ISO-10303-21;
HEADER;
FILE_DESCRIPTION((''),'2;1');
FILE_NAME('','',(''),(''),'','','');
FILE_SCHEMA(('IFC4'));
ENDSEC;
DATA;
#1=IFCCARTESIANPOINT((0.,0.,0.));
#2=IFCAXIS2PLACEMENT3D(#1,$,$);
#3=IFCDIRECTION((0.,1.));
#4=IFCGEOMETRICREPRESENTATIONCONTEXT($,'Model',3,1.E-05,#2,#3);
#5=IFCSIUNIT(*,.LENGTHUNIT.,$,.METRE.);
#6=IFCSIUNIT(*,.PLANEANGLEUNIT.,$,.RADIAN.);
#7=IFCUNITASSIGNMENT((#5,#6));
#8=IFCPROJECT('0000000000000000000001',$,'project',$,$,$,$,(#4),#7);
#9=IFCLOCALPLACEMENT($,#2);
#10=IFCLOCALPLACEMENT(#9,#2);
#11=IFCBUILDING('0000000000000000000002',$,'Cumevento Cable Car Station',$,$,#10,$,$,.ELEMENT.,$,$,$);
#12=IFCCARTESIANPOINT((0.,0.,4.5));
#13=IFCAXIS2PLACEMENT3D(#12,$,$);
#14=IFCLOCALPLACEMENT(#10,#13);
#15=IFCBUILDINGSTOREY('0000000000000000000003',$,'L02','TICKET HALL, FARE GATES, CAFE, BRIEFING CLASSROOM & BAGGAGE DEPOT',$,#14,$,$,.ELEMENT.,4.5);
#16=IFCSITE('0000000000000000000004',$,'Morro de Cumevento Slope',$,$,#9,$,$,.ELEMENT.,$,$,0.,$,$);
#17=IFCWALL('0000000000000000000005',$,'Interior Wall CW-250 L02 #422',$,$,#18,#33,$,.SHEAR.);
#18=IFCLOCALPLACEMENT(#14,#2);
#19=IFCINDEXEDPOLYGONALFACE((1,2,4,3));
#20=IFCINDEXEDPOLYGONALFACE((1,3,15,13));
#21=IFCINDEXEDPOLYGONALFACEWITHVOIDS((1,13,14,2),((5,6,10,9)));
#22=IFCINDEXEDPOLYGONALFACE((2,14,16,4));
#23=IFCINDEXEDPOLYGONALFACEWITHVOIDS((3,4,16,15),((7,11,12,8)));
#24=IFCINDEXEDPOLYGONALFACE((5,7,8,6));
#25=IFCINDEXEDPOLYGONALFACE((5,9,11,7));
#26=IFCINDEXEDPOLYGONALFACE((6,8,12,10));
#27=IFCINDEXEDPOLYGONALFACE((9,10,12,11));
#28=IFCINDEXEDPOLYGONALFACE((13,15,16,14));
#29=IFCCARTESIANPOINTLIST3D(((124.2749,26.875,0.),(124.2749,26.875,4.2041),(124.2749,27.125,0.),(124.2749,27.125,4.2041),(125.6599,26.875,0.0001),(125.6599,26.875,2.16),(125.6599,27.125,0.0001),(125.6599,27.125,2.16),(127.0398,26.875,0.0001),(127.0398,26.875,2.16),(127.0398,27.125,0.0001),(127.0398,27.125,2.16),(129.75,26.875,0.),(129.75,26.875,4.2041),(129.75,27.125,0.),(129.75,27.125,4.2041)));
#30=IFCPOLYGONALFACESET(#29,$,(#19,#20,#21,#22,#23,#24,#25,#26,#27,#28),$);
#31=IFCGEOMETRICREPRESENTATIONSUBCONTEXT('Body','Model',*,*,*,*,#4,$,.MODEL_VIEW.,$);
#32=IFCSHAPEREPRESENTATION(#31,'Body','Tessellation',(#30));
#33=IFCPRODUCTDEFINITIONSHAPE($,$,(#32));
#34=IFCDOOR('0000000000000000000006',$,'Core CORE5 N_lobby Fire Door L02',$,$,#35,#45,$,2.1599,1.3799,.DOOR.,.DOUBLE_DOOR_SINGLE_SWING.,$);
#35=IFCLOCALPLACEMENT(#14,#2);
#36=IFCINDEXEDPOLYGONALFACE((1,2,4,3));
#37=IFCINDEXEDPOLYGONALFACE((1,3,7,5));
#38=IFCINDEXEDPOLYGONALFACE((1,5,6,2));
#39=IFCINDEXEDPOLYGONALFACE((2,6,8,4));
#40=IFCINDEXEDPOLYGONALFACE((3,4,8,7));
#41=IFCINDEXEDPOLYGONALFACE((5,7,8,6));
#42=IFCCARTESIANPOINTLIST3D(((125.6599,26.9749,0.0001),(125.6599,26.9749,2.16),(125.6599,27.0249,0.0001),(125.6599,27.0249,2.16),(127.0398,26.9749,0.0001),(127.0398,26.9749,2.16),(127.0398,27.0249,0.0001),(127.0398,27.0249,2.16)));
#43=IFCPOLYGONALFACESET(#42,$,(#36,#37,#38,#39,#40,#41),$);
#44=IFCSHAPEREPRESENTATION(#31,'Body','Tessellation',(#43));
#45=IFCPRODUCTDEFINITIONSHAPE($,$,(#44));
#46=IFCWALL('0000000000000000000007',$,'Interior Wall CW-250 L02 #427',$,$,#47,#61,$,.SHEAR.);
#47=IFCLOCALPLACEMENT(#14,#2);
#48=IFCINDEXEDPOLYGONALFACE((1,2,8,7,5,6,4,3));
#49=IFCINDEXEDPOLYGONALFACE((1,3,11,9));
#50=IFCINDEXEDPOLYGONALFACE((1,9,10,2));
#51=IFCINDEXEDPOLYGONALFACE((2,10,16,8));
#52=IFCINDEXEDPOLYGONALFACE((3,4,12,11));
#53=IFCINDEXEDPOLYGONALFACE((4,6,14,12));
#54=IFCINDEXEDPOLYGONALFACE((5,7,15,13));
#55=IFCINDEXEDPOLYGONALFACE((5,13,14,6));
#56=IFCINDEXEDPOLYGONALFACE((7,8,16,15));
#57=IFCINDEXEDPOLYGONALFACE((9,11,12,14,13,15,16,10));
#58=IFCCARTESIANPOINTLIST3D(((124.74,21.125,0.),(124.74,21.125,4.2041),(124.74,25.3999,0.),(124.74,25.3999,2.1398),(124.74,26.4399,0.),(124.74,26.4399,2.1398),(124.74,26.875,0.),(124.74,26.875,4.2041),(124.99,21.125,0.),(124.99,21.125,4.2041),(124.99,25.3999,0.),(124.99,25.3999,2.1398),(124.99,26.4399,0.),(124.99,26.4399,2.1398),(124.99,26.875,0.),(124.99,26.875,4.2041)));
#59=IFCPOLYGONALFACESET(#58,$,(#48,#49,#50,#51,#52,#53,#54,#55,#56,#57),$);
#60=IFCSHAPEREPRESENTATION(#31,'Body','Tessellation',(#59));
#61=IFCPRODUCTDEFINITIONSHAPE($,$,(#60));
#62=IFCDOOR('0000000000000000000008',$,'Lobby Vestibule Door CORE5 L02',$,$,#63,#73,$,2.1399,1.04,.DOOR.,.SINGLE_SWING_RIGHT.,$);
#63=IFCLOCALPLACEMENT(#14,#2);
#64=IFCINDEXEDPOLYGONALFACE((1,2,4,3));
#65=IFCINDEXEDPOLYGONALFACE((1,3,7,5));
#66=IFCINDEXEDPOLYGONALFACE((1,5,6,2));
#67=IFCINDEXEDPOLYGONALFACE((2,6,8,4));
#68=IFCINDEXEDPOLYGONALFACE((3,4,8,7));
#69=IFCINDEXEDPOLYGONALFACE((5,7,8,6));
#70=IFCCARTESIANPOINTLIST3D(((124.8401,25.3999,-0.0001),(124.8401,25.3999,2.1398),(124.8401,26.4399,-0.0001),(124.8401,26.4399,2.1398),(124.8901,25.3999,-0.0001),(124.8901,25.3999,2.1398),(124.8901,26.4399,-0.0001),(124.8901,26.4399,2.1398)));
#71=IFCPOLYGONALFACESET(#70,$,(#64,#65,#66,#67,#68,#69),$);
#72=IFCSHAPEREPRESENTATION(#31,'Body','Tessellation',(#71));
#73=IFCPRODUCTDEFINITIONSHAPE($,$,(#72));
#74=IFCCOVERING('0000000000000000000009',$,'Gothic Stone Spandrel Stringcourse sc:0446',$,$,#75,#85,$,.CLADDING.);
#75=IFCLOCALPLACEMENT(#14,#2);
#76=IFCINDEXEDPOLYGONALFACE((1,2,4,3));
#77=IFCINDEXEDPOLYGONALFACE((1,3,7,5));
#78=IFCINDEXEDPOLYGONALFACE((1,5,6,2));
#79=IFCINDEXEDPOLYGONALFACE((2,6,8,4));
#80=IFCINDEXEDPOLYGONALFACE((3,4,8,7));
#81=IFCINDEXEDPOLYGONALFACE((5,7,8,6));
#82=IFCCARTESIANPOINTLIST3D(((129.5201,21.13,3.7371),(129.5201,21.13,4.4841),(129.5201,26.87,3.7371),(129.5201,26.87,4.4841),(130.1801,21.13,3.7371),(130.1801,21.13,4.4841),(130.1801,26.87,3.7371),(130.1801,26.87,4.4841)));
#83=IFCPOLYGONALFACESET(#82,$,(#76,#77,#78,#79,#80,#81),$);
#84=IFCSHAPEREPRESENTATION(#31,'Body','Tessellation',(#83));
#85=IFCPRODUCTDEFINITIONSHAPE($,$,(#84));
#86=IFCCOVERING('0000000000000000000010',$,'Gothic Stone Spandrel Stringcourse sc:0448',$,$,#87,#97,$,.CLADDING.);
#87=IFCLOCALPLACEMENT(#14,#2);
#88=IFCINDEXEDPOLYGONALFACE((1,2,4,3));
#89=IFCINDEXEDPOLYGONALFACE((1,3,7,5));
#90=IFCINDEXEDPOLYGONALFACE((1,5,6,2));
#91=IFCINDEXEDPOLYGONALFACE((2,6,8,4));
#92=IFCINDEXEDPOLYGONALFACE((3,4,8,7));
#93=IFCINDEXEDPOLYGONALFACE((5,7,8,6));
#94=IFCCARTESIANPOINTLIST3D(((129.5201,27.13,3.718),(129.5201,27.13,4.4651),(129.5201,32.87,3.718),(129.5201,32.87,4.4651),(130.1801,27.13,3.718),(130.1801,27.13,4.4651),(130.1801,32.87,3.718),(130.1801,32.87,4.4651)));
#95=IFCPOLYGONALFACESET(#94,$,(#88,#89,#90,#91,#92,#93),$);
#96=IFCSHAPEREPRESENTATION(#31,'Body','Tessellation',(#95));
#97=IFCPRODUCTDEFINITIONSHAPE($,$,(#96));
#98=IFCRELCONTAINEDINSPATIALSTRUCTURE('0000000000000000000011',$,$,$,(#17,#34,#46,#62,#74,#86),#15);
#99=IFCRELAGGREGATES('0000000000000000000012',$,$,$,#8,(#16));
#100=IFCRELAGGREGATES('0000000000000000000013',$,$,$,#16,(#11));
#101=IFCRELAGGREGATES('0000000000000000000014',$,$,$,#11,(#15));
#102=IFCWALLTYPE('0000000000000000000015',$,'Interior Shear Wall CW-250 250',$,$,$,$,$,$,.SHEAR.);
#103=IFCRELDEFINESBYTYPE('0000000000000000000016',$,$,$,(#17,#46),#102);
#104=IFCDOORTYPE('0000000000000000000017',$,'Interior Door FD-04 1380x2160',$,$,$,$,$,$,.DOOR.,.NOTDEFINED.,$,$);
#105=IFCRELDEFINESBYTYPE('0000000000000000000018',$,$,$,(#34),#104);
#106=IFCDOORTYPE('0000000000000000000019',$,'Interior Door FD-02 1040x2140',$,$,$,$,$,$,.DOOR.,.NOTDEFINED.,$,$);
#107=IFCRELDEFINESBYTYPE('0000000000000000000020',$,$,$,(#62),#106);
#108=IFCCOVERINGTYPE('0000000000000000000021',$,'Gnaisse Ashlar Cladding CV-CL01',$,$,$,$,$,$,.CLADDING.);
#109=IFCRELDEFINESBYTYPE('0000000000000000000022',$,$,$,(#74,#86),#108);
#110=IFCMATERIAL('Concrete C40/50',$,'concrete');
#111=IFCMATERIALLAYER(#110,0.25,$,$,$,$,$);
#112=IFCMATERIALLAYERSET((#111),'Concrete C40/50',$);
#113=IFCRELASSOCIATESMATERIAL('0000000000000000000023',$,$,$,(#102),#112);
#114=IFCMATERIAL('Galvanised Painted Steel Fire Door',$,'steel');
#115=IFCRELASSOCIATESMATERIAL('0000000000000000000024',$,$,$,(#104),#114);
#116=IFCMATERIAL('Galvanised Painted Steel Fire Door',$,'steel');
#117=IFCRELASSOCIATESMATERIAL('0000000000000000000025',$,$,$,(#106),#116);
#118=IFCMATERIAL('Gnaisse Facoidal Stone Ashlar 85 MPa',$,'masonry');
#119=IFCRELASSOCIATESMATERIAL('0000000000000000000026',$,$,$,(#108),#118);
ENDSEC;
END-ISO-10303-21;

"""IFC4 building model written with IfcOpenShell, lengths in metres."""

from ifc_helpers import new_model, si_unit, direction, frame, frame_2d, origin, origin_2d, place, context, subcontext, project, spatial, rectangle, extrude, material, layer, layer_set, type_object, element, fill, save


model = new_model("IFC4")

# Units and contexts
model_context = context("Model", 3, precision=1e-05, world=origin(), true_north=direction((0.0, 1.0)))
body_context = subcontext(model_context, "Body", "Model", "MODEL_VIEW")
ifc_project = project(units=[si_unit("LENGTHUNIT", "METRE"), si_unit("PLANEANGLEUNIT", "RADIAN")], contexts=[model_context])

# Site, building, storey
site_placement = place(None, origin())
site = spatial("IfcSite", under=ifc_project, at=site_placement, Name="Morro de Cumevento Slope", CompositionType="ELEMENT", RefElevation=0.0)
building_placement = place(site_placement, origin())
building = spatial("IfcBuilding", under=site, at=building_placement, Name="Cumevento Cable Car Station", CompositionType="ELEMENT")
storey_placement = place(building_placement, frame((0.0, 0.0, 4.5)))
storey = spatial("IfcBuildingStorey", under=building, at=storey_placement, Name="L02", Description="TICKET HALL, FARE GATES, CAFE, BRIEFING CLASSROOM & BAGGAGE DEPOT", CompositionType="ELEMENT", Elevation=4.5)

# Walls, openings, doors
ifc_material_1 = material(Name="Concrete C40/50", Category="concrete")
ifc_layer_1 = layer(ifc_material_1, 0.25)
ifc_layer_set_1 = layer_set([ifc_layer_1], Name="Concrete C40/50")
wall_type_1 = type_object("IfcWallType", Name="Interior Shear Wall CW-250 250", PredefinedType="SHEAR", material=ifc_layer_set_1)
wall_1_placement = place(storey_placement, frame((124.2749, 27.0, 0.0), z_axis=(0.0, 0.0, 1.0), x_axis=(1.0, 0.0, 0.0)))
wall_1 = element("IfcWall", 1, at=wall_1_placement, inside=storey, type_object=wall_type_1, Name="Interior Wall CW-250 L02 #422", PredefinedType="SHEAR", context=body_context, shape_type="SweptSolid", body=[
    extrude(rectangle(XDim=5.4751, YDim=0.25, at=frame_2d((2.7375, 0.0))), origin(), (0.0, 0.0, 1.0), 4.2041),
])
opening_1_placement = place(wall_1_placement, frame((1.385, 0.0, 0.0)))
opening_1 = element("IfcOpeningElement", 2, at=opening_1_placement, cuts=wall_1, PredefinedType="OPENING", context=body_context, shape_type="SweptSolid", body=[
    extrude(rectangle(XDim=1.3799, YDim=2.1599, at=frame_2d((0.6899, 1.0801))), frame((0.0, 0.135, 0.0), z_axis=(0.0, -1.0, 0.0), x_axis=(1.0, 0.0, 0.0)), (0.0, 0.0, 1.0), 0.27),
])
ifc_material_2 = material(Name="Galvanised Painted Steel Fire Door", Category="steel")
door_type_1 = type_object("IfcDoorType", Name="Interior Door FD-04 1380x2160", OperationType="NOTDEFINED", PredefinedType="DOOR", material=ifc_material_2)
door_1_placement = place(opening_1_placement, origin())
door_1 = element("IfcDoor", 3, at=door_1_placement, inside=storey, type_object=door_type_1, Name="Core CORE5 N_lobby Fire Door L02", OperationType="DOUBLE_DOOR_SINGLE_SWING", OverallHeight=2.1599, OverallWidth=1.3799, PredefinedType="DOOR", context=body_context, shape_type="SweptSolid", body=[
    extrude(rectangle(XDim=1.3799, YDim=2.1599, at=frame_2d((0.6899, 1.0801))), frame((0.0, 0.0249, 0.0), z_axis=(0.0, -1.0, 0.0), x_axis=(1.0, 0.0, 0.0)), (0.0, 0.0, 1.0), 0.05),
])
fill(opening_1, door_1)
wall_2_placement = place(storey_placement, frame((124.865, 21.125, 0.0), z_axis=(0.0, 0.0, 1.0), x_axis=(0.0, 1.0, 0.0)))
wall_2 = element("IfcWall", 4, at=wall_2_placement, inside=storey, type_object=wall_type_1, Name="Interior Wall CW-250 L02 #427", PredefinedType="SHEAR", context=body_context, shape_type="SweptSolid", body=[
    extrude(rectangle(XDim=5.75, YDim=0.25, at=frame_2d((2.875, 0.0))), origin(), (0.0, 0.0, 1.0), 4.2041),
])
opening_2_placement = place(wall_2_placement, frame((4.2749, 0.0, 0.0)))
opening_2 = element("IfcOpeningElement", 5, at=opening_2_placement, cuts=wall_2, PredefinedType="OPENING", context=body_context, shape_type="SweptSolid", body=[
    extrude(rectangle(XDim=1.04, YDim=2.1399, at=frame_2d((0.52, 1.0698))), frame((0.0, 0.135, 0.0), z_axis=(0.0, -1.0, 0.0), x_axis=(1.0, 0.0, 0.0)), (0.0, 0.0, 1.0), 0.27),
])
ifc_material_3 = material(Name="Galvanised Painted Steel Fire Door", Category="steel")
door_type_2 = type_object("IfcDoorType", Name="Interior Door FD-02 1040x2140", OperationType="NOTDEFINED", PredefinedType="DOOR", material=ifc_material_3)
door_2_placement = place(opening_2_placement, origin())
door_2 = element("IfcDoor", 6, at=door_2_placement, inside=storey, type_object=door_type_2, Name="Lobby Vestibule Door CORE5 L02", OperationType="SINGLE_SWING_RIGHT", OverallHeight=2.1399, OverallWidth=1.04, PredefinedType="DOOR", context=body_context, shape_type="SweptSolid", body=[
    extrude(rectangle(XDim=1.04, YDim=2.1399, at=frame_2d((0.52, 1.0698))), frame((0.0, 0.0249, 0.0), z_axis=(0.0, -1.0, 0.0), x_axis=(1.0, 0.0, 0.0)), (0.0, 0.0, 1.0), 0.05),
])
fill(opening_2, door_2)

# Coverings
ifc_material_4 = material(Name="Gnaisse Facoidal Stone Ashlar 85 MPa", Category="masonry")
covering_type = type_object("IfcCoveringType", Name="Gnaisse Ashlar Cladding CV-CL01", PredefinedType="CLADDING", material=ifc_material_4)
for number, where, z_axis, x_axis, name in (
    (7, (129.8501, 24.0, 3.7371), (0.0, 0.0, 1.0), (0.0, -1.0, 0.0), "Gothic Stone Spandrel Stringcourse sc:0446"),
    (8, (129.8501, 30.0, 3.718), (0.0, 0.0, 1.0), (0.0, -1.0, 0.0), "Gothic Stone Spandrel Stringcourse sc:0448"),
):
    element("IfcCovering", number, at=place(storey_placement, frame(where, z_axis=z_axis, x_axis=x_axis)), inside=storey, type_object=covering_type, Name=name, PredefinedType="CLADDING", context=body_context, shape_type="SweptSolid", body=[
        extrude(rectangle(XDim=5.74, YDim=0.6599, at=origin_2d()), origin(), (0.0, 0.0, 1.0), 0.7471),
    ])

save(model, "model.ifc")
